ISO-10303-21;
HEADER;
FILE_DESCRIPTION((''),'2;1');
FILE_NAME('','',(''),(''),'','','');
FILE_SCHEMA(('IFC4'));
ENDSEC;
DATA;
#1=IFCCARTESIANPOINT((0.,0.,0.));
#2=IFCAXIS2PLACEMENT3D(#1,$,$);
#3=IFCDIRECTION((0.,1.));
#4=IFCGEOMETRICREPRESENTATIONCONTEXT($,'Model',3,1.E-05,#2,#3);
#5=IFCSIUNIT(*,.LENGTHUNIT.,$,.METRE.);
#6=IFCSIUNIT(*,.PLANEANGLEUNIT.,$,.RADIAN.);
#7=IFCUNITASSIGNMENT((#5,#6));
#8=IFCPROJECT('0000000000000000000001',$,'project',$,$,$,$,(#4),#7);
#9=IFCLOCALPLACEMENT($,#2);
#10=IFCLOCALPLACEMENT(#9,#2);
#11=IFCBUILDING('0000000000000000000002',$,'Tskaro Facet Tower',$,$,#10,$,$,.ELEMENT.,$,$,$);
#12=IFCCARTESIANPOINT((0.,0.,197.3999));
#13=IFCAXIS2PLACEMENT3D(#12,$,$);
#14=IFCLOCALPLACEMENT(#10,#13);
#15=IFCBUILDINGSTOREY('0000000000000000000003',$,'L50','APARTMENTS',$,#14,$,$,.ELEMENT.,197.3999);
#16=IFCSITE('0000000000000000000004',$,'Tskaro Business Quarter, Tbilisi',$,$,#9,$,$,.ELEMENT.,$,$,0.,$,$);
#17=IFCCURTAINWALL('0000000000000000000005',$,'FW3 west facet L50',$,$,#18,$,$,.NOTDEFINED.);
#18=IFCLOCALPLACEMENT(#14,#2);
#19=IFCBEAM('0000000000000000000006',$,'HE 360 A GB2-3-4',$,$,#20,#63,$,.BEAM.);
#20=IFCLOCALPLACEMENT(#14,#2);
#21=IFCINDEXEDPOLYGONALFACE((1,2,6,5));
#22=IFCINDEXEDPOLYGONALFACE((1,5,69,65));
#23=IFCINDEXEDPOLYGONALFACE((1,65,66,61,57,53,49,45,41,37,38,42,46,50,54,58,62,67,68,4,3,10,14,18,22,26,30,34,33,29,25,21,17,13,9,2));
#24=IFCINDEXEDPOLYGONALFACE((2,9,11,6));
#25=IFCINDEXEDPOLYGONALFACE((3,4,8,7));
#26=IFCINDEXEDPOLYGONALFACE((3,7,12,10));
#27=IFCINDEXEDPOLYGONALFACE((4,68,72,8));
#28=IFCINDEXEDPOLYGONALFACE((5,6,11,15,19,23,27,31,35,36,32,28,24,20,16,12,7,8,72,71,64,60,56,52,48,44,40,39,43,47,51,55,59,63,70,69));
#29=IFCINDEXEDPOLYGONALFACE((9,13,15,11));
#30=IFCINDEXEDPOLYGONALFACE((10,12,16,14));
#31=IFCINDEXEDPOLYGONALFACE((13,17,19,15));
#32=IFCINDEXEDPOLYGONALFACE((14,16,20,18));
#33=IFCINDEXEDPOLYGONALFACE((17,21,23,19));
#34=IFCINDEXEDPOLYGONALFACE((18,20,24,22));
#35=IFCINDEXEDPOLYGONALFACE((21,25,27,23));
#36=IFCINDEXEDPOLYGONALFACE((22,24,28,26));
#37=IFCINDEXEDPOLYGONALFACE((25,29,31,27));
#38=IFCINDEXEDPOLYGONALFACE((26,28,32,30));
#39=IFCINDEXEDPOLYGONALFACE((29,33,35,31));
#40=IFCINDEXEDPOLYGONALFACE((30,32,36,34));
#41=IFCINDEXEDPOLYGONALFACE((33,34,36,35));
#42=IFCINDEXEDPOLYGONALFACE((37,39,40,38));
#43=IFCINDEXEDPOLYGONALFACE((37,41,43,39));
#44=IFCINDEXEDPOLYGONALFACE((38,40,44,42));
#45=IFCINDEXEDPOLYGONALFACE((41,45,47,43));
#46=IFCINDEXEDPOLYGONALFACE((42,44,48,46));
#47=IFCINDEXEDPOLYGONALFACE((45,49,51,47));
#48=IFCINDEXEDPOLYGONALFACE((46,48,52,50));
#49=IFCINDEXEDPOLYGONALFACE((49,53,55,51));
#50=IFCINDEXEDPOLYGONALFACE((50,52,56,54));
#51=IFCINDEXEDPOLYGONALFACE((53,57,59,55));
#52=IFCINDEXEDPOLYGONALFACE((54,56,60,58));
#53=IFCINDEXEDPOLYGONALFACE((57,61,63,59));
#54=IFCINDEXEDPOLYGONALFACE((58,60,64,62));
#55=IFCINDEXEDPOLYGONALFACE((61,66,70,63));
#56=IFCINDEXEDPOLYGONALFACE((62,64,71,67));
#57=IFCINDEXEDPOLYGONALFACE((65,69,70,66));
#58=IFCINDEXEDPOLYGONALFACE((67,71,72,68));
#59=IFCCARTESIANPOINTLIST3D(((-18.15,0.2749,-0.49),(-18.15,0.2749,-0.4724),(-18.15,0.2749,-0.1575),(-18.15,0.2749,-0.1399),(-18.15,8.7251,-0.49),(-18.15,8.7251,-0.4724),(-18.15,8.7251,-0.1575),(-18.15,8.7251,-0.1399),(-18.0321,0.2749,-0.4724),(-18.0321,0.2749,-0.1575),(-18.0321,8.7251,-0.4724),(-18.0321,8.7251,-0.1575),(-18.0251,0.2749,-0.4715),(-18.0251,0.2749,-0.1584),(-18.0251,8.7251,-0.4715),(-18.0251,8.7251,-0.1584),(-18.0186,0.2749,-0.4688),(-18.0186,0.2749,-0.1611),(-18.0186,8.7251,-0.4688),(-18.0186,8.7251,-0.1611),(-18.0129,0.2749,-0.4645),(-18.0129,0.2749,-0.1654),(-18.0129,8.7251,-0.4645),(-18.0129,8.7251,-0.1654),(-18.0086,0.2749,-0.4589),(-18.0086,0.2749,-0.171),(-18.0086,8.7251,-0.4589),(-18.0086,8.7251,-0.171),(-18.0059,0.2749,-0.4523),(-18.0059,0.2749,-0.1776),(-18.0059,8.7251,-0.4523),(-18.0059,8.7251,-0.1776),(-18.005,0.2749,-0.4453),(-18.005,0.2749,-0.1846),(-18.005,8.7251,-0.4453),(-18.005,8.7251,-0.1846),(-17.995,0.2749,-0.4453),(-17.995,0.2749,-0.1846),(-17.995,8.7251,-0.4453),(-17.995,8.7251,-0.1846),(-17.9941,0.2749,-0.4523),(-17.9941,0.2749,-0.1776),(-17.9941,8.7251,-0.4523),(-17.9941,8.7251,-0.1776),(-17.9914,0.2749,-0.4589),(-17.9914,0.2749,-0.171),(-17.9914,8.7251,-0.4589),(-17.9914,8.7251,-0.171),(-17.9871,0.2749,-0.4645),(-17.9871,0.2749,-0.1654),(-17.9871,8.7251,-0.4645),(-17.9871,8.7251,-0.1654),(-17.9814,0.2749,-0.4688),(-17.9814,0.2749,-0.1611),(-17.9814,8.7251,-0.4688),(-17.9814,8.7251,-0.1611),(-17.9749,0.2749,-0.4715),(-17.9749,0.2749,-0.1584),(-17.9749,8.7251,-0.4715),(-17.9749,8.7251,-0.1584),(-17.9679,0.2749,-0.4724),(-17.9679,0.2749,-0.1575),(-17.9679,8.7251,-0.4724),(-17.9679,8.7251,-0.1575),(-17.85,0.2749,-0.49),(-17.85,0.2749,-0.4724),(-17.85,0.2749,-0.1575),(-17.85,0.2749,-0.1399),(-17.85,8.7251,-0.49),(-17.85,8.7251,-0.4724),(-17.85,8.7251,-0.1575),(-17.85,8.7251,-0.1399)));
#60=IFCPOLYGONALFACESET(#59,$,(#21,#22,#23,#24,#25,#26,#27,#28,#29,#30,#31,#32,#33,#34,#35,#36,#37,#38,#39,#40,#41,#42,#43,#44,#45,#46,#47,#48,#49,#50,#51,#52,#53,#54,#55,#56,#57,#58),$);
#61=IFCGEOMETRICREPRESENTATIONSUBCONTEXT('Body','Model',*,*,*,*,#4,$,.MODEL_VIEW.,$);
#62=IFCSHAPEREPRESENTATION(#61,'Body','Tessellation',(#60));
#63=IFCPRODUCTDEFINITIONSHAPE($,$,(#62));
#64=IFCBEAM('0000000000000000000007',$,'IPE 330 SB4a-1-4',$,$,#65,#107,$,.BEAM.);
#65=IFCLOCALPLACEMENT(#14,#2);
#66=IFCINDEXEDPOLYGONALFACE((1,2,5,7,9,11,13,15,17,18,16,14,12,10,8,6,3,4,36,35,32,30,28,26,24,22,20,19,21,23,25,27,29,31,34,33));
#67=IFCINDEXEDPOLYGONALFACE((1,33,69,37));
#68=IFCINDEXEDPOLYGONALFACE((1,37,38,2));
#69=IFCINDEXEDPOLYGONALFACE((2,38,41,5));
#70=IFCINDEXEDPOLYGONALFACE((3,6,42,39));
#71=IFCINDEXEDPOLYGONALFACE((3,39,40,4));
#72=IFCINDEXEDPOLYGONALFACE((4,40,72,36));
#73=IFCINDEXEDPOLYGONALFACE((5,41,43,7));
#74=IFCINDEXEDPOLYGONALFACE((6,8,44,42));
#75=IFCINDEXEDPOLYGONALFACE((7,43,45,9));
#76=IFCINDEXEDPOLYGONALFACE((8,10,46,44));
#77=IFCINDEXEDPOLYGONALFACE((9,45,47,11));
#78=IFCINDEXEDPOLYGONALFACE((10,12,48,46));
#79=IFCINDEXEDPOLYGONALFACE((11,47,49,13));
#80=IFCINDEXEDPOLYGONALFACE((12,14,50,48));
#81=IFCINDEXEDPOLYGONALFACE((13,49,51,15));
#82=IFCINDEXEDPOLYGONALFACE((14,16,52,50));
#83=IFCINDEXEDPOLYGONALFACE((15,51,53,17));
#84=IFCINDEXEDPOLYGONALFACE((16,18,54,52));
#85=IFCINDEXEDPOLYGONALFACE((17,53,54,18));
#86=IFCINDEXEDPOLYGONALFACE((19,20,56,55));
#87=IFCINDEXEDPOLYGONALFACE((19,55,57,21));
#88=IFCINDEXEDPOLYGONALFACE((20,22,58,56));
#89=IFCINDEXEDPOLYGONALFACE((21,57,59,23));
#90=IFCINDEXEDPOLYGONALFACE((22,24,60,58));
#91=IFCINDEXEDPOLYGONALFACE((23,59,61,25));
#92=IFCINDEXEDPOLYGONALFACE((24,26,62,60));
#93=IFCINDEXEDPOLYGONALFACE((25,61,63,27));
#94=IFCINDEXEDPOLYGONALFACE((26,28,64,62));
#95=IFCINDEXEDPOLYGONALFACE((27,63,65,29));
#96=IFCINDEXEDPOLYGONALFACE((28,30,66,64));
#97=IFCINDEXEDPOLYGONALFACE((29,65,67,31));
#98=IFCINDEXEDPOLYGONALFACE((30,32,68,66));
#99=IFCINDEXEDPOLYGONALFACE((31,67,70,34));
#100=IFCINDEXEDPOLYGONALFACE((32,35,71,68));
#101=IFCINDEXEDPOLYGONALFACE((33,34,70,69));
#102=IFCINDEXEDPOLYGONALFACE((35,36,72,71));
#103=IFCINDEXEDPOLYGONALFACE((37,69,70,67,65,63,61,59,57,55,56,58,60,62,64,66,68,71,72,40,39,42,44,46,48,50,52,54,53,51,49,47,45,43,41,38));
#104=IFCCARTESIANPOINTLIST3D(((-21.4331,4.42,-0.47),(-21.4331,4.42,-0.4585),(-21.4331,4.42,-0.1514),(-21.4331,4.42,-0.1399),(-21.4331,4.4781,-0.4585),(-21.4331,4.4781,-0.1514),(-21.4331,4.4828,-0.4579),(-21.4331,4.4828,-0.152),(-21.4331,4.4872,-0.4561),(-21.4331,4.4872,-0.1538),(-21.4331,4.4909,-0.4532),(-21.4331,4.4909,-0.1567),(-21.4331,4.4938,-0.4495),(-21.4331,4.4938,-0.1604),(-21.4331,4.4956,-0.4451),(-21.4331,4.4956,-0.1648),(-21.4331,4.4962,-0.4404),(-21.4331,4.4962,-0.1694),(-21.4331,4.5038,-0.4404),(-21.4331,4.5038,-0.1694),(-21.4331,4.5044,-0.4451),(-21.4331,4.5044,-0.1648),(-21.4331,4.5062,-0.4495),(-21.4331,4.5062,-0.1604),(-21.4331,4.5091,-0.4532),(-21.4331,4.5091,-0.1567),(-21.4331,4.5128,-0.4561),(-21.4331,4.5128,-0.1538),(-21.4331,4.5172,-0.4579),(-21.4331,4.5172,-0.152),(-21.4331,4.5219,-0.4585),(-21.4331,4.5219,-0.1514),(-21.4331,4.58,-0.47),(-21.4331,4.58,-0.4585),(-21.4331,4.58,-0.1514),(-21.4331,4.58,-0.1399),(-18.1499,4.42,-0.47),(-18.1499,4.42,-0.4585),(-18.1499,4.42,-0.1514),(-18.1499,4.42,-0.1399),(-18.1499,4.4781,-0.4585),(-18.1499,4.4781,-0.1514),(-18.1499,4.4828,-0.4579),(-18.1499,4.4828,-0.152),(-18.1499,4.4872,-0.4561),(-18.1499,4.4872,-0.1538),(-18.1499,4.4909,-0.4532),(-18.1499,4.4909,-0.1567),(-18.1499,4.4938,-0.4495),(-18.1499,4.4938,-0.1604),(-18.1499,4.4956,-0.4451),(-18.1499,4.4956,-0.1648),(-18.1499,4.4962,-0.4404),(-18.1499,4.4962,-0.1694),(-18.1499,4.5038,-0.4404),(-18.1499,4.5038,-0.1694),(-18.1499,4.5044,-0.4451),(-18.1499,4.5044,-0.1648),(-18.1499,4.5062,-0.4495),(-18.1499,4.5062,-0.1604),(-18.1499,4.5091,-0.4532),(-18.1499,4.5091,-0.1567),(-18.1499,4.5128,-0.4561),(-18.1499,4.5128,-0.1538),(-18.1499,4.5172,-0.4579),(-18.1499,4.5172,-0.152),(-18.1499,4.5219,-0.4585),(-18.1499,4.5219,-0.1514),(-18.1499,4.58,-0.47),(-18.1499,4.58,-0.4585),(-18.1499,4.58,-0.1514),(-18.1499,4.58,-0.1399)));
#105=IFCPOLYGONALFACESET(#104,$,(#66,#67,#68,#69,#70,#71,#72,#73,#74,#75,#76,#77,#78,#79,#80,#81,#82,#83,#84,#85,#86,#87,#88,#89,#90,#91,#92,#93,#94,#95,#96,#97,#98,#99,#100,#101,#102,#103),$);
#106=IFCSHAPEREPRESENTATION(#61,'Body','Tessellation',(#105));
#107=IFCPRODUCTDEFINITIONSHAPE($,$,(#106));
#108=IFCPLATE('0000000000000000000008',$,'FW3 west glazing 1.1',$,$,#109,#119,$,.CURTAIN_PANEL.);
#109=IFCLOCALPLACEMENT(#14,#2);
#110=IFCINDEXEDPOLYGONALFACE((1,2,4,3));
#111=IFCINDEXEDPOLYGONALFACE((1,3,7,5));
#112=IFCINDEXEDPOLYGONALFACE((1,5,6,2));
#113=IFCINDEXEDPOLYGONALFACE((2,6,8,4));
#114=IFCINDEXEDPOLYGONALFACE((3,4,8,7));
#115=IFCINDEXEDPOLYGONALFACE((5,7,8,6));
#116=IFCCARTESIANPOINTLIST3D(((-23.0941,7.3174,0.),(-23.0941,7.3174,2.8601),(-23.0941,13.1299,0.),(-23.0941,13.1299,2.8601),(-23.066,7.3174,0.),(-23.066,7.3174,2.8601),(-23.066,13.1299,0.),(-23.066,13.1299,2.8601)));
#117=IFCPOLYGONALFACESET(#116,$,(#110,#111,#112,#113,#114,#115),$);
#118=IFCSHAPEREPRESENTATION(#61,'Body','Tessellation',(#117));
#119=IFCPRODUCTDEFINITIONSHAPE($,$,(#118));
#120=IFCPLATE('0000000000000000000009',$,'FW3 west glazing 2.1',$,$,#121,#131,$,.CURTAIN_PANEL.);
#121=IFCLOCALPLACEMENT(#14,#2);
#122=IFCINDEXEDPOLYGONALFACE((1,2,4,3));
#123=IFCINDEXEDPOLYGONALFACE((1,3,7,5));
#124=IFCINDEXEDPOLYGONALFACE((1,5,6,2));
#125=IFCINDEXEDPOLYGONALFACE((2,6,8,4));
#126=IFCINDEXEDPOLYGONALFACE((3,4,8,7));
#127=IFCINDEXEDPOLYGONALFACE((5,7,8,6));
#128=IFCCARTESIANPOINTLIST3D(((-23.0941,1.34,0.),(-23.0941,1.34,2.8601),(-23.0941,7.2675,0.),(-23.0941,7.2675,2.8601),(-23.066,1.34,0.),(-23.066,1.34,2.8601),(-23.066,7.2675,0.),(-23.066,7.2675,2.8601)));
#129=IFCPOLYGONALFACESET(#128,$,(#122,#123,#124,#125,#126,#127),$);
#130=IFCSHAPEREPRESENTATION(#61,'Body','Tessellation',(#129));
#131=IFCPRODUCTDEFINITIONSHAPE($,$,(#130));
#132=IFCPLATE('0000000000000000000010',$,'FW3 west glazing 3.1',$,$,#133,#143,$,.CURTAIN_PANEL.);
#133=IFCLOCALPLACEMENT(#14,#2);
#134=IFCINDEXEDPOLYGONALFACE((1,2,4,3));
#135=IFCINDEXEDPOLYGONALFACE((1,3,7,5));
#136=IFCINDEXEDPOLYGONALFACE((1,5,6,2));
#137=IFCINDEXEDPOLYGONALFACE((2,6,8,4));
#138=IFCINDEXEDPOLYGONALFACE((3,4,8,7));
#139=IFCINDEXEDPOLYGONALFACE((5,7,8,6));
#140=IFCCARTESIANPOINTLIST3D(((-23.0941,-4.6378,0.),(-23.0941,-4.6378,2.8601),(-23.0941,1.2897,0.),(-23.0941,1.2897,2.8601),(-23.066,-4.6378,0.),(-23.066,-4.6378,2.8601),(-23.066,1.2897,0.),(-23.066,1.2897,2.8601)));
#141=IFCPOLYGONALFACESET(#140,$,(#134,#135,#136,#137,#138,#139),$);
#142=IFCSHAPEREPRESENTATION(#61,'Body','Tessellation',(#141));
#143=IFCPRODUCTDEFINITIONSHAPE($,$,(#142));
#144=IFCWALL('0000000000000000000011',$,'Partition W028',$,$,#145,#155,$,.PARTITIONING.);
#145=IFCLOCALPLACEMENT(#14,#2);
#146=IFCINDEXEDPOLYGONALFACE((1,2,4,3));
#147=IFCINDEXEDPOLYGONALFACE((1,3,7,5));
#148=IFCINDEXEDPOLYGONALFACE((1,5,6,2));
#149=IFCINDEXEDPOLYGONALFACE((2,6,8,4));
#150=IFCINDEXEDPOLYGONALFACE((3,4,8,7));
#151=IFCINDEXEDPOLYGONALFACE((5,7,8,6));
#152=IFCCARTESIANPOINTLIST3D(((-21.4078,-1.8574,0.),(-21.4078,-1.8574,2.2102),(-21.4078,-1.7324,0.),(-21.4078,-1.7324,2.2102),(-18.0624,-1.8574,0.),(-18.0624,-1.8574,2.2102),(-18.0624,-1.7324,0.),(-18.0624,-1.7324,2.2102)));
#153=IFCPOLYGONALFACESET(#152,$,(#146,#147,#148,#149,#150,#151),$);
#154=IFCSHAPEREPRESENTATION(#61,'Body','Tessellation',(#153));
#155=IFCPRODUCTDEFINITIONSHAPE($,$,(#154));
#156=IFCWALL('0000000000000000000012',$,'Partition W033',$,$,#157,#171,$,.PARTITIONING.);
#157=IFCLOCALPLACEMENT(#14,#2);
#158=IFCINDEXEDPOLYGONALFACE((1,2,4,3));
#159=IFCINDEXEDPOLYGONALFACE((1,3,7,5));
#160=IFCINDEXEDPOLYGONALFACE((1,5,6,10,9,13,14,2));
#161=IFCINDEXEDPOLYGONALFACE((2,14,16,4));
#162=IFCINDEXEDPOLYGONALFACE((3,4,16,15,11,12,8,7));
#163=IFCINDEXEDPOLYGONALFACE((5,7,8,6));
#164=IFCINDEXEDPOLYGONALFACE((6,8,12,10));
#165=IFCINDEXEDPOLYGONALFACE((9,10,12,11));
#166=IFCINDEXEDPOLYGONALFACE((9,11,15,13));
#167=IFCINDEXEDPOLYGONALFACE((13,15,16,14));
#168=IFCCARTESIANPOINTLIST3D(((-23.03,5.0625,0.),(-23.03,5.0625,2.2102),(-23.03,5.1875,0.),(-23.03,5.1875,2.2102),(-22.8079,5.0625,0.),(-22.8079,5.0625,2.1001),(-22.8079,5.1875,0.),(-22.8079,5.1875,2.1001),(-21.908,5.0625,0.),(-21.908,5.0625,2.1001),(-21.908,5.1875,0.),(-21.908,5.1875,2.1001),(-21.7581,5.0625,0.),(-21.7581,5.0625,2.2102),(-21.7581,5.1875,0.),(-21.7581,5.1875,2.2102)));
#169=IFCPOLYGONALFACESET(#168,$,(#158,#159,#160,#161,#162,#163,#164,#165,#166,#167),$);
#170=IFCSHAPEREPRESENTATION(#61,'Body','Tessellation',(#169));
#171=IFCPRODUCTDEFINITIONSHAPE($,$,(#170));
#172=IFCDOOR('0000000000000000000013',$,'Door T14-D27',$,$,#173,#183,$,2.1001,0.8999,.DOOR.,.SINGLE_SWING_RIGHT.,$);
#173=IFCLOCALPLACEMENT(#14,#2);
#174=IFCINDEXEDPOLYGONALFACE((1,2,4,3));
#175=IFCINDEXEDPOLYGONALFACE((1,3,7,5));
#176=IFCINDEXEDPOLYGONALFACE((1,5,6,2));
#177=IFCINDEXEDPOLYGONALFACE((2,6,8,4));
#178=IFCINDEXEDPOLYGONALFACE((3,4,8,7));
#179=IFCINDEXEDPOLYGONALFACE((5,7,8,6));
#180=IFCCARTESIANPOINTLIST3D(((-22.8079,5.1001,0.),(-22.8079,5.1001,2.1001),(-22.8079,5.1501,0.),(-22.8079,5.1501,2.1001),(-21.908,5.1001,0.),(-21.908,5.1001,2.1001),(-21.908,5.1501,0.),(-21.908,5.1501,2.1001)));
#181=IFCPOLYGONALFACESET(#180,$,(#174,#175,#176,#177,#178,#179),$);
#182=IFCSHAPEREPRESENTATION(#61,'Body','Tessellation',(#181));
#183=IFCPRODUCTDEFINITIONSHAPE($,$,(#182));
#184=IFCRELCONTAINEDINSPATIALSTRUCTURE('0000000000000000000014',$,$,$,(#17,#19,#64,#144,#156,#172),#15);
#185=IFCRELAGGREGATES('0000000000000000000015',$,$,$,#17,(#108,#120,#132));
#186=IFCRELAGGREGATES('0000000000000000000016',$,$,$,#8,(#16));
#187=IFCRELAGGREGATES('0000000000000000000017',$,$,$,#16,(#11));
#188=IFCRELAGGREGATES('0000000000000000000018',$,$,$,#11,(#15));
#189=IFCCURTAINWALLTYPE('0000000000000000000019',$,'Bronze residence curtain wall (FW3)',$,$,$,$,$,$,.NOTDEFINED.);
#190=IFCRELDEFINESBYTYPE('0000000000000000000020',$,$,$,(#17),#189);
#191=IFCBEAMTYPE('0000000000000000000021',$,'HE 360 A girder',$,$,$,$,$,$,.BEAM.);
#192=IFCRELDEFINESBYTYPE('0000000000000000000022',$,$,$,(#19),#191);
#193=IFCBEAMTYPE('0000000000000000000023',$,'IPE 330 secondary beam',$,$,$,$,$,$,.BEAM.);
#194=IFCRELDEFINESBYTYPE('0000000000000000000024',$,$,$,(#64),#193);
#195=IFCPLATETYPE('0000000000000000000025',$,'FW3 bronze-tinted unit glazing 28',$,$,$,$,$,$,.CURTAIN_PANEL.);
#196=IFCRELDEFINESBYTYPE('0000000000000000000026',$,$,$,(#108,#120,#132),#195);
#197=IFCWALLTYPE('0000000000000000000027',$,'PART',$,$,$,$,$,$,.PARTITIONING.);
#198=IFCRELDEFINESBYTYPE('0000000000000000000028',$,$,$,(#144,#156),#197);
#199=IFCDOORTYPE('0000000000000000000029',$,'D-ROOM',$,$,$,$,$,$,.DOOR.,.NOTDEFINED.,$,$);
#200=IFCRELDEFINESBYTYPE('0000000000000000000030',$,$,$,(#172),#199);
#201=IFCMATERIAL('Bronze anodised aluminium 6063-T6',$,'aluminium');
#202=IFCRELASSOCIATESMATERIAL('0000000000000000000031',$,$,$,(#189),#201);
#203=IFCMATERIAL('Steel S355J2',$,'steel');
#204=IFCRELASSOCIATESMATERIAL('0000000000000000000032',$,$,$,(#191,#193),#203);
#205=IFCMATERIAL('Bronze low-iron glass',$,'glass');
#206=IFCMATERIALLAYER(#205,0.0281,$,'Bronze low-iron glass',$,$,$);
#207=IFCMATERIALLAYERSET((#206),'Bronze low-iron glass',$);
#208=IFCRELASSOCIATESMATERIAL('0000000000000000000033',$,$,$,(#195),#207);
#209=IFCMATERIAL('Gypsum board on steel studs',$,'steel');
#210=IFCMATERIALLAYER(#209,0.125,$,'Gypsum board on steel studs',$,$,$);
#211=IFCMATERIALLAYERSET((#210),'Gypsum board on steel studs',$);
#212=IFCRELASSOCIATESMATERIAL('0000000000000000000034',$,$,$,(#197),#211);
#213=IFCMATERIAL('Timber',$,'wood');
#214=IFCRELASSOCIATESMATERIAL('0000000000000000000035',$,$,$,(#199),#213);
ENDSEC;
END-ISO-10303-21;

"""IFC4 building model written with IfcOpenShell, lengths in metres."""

from ifc_helpers import new_model, si_unit, direction, frame, frame_2d, origin, origin_2d, place, context, subcontext, project, spatial, rectangle, i_section, extrude, material, layer, layer_set, material_profile, profile_set, type_object, element, fill, aggregate, save


model = new_model("IFC4")

# Units and contexts
model_context = context("Model", 3, precision=1e-05, world=origin(), true_north=direction((0.0, 1.0)))
body_context = subcontext(model_context, "Body", "Model", "MODEL_VIEW")
ifc_project = project(units=[si_unit("LENGTHUNIT", "METRE"), si_unit("PLANEANGLEUNIT", "RADIAN")], contexts=[model_context])

# Site, building, storey
site_placement = place(None, origin())
site = spatial("IfcSite", under=ifc_project, at=site_placement, Name="Tskaro Business Quarter, Tbilisi", CompositionType="ELEMENT", RefElevation=0.0)
building_placement = place(site_placement, origin())
building = spatial("IfcBuilding", under=site, at=building_placement, Name="Tskaro Facet Tower", CompositionType="ELEMENT")
storey_placement = place(building_placement, frame((0.0, 0.0, 197.3999)))
storey = spatial("IfcBuildingStorey", under=building, at=storey_placement, Name="L50", Description="APARTMENTS", CompositionType="ELEMENT", Elevation=197.3999)

# Curtain wall
ifc_material_1 = material(Name="Bronze anodised aluminium 6063-T6", Category="aluminium")
curtain_wall_type = type_object("IfcCurtainWallType", Name="Bronze residence curtain wall (FW3)", PredefinedType="NOTDEFINED", material=ifc_material_1)
curtain_wall_placement = place(storey_placement, origin())
curtain_wall = element("IfcCurtainWall", 1, at=curtain_wall_placement, inside=storey, type_object=curtain_wall_type, Name="FW3 west facet L50", PredefinedType="NOTDEFINED")

# Beams
ifc_material_2 = material(Name="Steel S355J2", Category="steel")
ifc_material_profile_1 = material_profile(ifc_material_2, i_section(OverallWidth=0.3, OverallDepth=0.3501, WebThickness=0.01, FlangeThickness=0.0176, FilletRadius=0.0271, at=origin_2d()), Name="HE 360 A")
ifc_profile_set_1 = profile_set([ifc_material_profile_1], Name="Steel S355J2")
beam_type_1 = type_object("IfcBeamType", Name="HE 360 A girder", PredefinedType="BEAM", material=ifc_profile_set_1)
beam_1_placement = place(storey_placement, frame((-18.0, 0.2749, -0.3149), z_axis=(0.0, 1.0, 0.0), x_axis=(-1.0, 0.0, 0.0)))
element("IfcBeam", 2, at=beam_1_placement, inside=storey, type_object=beam_type_1, Name="HE 360 A GB2-3-4", PredefinedType="BEAM", context=body_context, shape_type="SweptSolid", body=[
    extrude(i_section(OverallWidth=0.3, OverallDepth=0.3501, WebThickness=0.01, FlangeThickness=0.0176, FilletRadius=0.0271, at=origin_2d()), origin(), (0.0, 0.0, 1.0), 8.4502),
])
ifc_material_profile_2 = material_profile(ifc_material_2, i_section(OverallWidth=0.1599, OverallDepth=0.3301, WebThickness=0.0076, FlangeThickness=0.0115, FilletRadius=0.0181, at=origin_2d()), Name="IPE 330")
ifc_profile_set_2 = profile_set([ifc_material_profile_2], Name="Steel S355J2")
beam_type_2 = type_object("IfcBeamType", Name="IPE 330 secondary beam", PredefinedType="BEAM", material=ifc_profile_set_2)
beam_2_placement = place(storey_placement, frame((-21.4331, 4.5, -0.3049), z_axis=(1.0, 0.0, 0.0), x_axis=(0.0, 1.0, 0.0)))
element("IfcBeam", 3, at=beam_2_placement, inside=storey, type_object=beam_type_2, Name="IPE 330 SB4a-1-4", PredefinedType="BEAM", context=body_context, shape_type="SweptSolid", body=[
    extrude(i_section(OverallWidth=0.1599, OverallDepth=0.3301, WebThickness=0.0076, FlangeThickness=0.0115, FilletRadius=0.0181, at=origin_2d()), origin(), (0.0, 0.0, 1.0), 3.2832),
])

# Plates
ifc_material_3 = material(Name="Bronze low-iron glass", Category="glass")
ifc_layer_1 = layer(ifc_material_3, 0.0281, Name="Bronze low-iron glass")
ifc_layer_set_1 = layer_set([ifc_layer_1], Name="Bronze low-iron glass")
plate_type = type_object("IfcPlateType", Name="FW3 bronze-tinted unit glazing 28", PredefinedType="CURTAIN_PANEL", material=ifc_layer_set_1)
plate_1_placement = place(storey_placement, frame((-23.0801, 10.2236, 0.0), z_axis=(0.0, 0.0, 1.0), x_axis=(0.0, -1.0, 0.0)))
plate_1 = element("IfcPlate", 4, at=plate_1_placement, type_object=plate_type, Name="FW3 west glazing 1.1", PredefinedType="CURTAIN_PANEL", context=body_context, shape_type="SweptSolid", body=[
    extrude(rectangle(XDim=5.8125, YDim=0.0281, at=origin_2d()), origin(), (0.0, 0.0, 1.0), 2.8601),
])
plate_2_placement = place(storey_placement, frame((-23.0801, 4.3037, 0.0), z_axis=(0.0, 0.0, 1.0), x_axis=(0.0, -1.0, 0.0)))
plate_2 = element("IfcPlate", 5, at=plate_2_placement, type_object=plate_type, Name="FW3 west glazing 2.1", PredefinedType="CURTAIN_PANEL", context=body_context, shape_type="SweptSolid", body=[
    extrude(rectangle(XDim=5.9275, YDim=0.0281, at=origin_2d()), origin(), (0.0, 0.0, 1.0), 2.8601),
])
plate_3_placement = place(storey_placement, frame((-23.0801, -1.6741, 0.0), z_axis=(0.0, 0.0, 1.0), x_axis=(0.0, -1.0, 0.0)))
plate_3 = element("IfcPlate", 6, at=plate_3_placement, type_object=plate_type, Name="FW3 west glazing 3.1", PredefinedType="CURTAIN_PANEL", context=body_context, shape_type="SweptSolid", body=[
    extrude(rectangle(XDim=5.9275, YDim=0.0281, at=origin_2d()), origin(), (0.0, 0.0, 1.0), 2.8601),
])
aggregate(curtain_wall, [plate_1, plate_2, plate_3])

# Wall
ifc_material_4 = material(Name="Gypsum board on steel studs", Category="steel")
ifc_layer_2 = layer(ifc_material_4, 0.125, Name="Gypsum board on steel studs")
ifc_layer_set_2 = layer_set([ifc_layer_2], Name="Gypsum board on steel studs")
wall_type = type_object("IfcWallType", Name="PART", PredefinedType="PARTITIONING", material=ifc_layer_set_2)
wall_1_placement = place(storey_placement, frame((-21.408, -1.7949, 0.0), z_axis=(0.0, 0.0, 1.0), x_axis=(1.0, 0.0, 0.0)))
element("IfcWall", 7, at=wall_1_placement, inside=storey, type_object=wall_type, Name="Partition W028", PredefinedType="PARTITIONING", context=body_context, shape_type="SweptSolid", body=[
    extrude(rectangle(XDim=3.3455, YDim=0.125, at=frame_2d((1.6729, 0.0))), origin(), (0.0, 0.0, 1.0), 2.2102),
])

# Wall, opening, door
wall_2_placement = place(storey_placement, frame((-21.7581, 5.125, 0.0), z_axis=(0.0, 0.0, 1.0), x_axis=(-1.0, 0.0, 0.0)))
wall_2 = element("IfcWall", 8, at=wall_2_placement, inside=storey, type_object=wall_type, Name="Partition W033", PredefinedType="PARTITIONING", context=body_context, shape_type="SweptSolid", body=[
    extrude(rectangle(XDim=1.272, YDim=0.125, at=frame_2d((0.636, 0.0))), origin(), (0.0, 0.0, 1.0), 2.2102),
])
opening_placement = place(wall_2_placement, frame((0.1499, 0.0, 0.0)))
opening = element("IfcOpeningElement", 9, at=opening_placement, cuts=wall_2, PredefinedType="OPENING", context=body_context, shape_type="SweptSolid", body=[
    extrude(rectangle(XDim=0.8999, YDim=2.1001, at=frame_2d((0.45, 1.05))), frame((0.0, 0.0725, 0.0), z_axis=(0.0, -1.0, 0.0), x_axis=(1.0, 0.0, 0.0)), (0.0, 0.0, 1.0), 0.145),
])
ifc_material_5 = material(Name="Timber", Category="wood")
door_type = type_object("IfcDoorType", Name="D-ROOM", OperationType="NOTDEFINED", PredefinedType="DOOR", material=ifc_material_5)
door_placement = place(opening_placement, origin())
door = element("IfcDoor", 10, at=door_placement, inside=storey, type_object=door_type, Name="Door T14-D27", OperationType="SINGLE_SWING_RIGHT", OverallHeight=2.1001, OverallWidth=0.8999, PredefinedType="DOOR", context=body_context, shape_type="SweptSolid", body=[
    extrude(rectangle(XDim=0.8999, YDim=2.1001, at=frame_2d((0.45, 1.05))), frame((0.0, 0.0249, 0.0), z_axis=(0.0, -1.0, 0.0), x_axis=(1.0, 0.0, 0.0)), (0.0, 0.0, 1.0), 0.05),
])
fill(opening, door)

save(model, "model.ifc")
